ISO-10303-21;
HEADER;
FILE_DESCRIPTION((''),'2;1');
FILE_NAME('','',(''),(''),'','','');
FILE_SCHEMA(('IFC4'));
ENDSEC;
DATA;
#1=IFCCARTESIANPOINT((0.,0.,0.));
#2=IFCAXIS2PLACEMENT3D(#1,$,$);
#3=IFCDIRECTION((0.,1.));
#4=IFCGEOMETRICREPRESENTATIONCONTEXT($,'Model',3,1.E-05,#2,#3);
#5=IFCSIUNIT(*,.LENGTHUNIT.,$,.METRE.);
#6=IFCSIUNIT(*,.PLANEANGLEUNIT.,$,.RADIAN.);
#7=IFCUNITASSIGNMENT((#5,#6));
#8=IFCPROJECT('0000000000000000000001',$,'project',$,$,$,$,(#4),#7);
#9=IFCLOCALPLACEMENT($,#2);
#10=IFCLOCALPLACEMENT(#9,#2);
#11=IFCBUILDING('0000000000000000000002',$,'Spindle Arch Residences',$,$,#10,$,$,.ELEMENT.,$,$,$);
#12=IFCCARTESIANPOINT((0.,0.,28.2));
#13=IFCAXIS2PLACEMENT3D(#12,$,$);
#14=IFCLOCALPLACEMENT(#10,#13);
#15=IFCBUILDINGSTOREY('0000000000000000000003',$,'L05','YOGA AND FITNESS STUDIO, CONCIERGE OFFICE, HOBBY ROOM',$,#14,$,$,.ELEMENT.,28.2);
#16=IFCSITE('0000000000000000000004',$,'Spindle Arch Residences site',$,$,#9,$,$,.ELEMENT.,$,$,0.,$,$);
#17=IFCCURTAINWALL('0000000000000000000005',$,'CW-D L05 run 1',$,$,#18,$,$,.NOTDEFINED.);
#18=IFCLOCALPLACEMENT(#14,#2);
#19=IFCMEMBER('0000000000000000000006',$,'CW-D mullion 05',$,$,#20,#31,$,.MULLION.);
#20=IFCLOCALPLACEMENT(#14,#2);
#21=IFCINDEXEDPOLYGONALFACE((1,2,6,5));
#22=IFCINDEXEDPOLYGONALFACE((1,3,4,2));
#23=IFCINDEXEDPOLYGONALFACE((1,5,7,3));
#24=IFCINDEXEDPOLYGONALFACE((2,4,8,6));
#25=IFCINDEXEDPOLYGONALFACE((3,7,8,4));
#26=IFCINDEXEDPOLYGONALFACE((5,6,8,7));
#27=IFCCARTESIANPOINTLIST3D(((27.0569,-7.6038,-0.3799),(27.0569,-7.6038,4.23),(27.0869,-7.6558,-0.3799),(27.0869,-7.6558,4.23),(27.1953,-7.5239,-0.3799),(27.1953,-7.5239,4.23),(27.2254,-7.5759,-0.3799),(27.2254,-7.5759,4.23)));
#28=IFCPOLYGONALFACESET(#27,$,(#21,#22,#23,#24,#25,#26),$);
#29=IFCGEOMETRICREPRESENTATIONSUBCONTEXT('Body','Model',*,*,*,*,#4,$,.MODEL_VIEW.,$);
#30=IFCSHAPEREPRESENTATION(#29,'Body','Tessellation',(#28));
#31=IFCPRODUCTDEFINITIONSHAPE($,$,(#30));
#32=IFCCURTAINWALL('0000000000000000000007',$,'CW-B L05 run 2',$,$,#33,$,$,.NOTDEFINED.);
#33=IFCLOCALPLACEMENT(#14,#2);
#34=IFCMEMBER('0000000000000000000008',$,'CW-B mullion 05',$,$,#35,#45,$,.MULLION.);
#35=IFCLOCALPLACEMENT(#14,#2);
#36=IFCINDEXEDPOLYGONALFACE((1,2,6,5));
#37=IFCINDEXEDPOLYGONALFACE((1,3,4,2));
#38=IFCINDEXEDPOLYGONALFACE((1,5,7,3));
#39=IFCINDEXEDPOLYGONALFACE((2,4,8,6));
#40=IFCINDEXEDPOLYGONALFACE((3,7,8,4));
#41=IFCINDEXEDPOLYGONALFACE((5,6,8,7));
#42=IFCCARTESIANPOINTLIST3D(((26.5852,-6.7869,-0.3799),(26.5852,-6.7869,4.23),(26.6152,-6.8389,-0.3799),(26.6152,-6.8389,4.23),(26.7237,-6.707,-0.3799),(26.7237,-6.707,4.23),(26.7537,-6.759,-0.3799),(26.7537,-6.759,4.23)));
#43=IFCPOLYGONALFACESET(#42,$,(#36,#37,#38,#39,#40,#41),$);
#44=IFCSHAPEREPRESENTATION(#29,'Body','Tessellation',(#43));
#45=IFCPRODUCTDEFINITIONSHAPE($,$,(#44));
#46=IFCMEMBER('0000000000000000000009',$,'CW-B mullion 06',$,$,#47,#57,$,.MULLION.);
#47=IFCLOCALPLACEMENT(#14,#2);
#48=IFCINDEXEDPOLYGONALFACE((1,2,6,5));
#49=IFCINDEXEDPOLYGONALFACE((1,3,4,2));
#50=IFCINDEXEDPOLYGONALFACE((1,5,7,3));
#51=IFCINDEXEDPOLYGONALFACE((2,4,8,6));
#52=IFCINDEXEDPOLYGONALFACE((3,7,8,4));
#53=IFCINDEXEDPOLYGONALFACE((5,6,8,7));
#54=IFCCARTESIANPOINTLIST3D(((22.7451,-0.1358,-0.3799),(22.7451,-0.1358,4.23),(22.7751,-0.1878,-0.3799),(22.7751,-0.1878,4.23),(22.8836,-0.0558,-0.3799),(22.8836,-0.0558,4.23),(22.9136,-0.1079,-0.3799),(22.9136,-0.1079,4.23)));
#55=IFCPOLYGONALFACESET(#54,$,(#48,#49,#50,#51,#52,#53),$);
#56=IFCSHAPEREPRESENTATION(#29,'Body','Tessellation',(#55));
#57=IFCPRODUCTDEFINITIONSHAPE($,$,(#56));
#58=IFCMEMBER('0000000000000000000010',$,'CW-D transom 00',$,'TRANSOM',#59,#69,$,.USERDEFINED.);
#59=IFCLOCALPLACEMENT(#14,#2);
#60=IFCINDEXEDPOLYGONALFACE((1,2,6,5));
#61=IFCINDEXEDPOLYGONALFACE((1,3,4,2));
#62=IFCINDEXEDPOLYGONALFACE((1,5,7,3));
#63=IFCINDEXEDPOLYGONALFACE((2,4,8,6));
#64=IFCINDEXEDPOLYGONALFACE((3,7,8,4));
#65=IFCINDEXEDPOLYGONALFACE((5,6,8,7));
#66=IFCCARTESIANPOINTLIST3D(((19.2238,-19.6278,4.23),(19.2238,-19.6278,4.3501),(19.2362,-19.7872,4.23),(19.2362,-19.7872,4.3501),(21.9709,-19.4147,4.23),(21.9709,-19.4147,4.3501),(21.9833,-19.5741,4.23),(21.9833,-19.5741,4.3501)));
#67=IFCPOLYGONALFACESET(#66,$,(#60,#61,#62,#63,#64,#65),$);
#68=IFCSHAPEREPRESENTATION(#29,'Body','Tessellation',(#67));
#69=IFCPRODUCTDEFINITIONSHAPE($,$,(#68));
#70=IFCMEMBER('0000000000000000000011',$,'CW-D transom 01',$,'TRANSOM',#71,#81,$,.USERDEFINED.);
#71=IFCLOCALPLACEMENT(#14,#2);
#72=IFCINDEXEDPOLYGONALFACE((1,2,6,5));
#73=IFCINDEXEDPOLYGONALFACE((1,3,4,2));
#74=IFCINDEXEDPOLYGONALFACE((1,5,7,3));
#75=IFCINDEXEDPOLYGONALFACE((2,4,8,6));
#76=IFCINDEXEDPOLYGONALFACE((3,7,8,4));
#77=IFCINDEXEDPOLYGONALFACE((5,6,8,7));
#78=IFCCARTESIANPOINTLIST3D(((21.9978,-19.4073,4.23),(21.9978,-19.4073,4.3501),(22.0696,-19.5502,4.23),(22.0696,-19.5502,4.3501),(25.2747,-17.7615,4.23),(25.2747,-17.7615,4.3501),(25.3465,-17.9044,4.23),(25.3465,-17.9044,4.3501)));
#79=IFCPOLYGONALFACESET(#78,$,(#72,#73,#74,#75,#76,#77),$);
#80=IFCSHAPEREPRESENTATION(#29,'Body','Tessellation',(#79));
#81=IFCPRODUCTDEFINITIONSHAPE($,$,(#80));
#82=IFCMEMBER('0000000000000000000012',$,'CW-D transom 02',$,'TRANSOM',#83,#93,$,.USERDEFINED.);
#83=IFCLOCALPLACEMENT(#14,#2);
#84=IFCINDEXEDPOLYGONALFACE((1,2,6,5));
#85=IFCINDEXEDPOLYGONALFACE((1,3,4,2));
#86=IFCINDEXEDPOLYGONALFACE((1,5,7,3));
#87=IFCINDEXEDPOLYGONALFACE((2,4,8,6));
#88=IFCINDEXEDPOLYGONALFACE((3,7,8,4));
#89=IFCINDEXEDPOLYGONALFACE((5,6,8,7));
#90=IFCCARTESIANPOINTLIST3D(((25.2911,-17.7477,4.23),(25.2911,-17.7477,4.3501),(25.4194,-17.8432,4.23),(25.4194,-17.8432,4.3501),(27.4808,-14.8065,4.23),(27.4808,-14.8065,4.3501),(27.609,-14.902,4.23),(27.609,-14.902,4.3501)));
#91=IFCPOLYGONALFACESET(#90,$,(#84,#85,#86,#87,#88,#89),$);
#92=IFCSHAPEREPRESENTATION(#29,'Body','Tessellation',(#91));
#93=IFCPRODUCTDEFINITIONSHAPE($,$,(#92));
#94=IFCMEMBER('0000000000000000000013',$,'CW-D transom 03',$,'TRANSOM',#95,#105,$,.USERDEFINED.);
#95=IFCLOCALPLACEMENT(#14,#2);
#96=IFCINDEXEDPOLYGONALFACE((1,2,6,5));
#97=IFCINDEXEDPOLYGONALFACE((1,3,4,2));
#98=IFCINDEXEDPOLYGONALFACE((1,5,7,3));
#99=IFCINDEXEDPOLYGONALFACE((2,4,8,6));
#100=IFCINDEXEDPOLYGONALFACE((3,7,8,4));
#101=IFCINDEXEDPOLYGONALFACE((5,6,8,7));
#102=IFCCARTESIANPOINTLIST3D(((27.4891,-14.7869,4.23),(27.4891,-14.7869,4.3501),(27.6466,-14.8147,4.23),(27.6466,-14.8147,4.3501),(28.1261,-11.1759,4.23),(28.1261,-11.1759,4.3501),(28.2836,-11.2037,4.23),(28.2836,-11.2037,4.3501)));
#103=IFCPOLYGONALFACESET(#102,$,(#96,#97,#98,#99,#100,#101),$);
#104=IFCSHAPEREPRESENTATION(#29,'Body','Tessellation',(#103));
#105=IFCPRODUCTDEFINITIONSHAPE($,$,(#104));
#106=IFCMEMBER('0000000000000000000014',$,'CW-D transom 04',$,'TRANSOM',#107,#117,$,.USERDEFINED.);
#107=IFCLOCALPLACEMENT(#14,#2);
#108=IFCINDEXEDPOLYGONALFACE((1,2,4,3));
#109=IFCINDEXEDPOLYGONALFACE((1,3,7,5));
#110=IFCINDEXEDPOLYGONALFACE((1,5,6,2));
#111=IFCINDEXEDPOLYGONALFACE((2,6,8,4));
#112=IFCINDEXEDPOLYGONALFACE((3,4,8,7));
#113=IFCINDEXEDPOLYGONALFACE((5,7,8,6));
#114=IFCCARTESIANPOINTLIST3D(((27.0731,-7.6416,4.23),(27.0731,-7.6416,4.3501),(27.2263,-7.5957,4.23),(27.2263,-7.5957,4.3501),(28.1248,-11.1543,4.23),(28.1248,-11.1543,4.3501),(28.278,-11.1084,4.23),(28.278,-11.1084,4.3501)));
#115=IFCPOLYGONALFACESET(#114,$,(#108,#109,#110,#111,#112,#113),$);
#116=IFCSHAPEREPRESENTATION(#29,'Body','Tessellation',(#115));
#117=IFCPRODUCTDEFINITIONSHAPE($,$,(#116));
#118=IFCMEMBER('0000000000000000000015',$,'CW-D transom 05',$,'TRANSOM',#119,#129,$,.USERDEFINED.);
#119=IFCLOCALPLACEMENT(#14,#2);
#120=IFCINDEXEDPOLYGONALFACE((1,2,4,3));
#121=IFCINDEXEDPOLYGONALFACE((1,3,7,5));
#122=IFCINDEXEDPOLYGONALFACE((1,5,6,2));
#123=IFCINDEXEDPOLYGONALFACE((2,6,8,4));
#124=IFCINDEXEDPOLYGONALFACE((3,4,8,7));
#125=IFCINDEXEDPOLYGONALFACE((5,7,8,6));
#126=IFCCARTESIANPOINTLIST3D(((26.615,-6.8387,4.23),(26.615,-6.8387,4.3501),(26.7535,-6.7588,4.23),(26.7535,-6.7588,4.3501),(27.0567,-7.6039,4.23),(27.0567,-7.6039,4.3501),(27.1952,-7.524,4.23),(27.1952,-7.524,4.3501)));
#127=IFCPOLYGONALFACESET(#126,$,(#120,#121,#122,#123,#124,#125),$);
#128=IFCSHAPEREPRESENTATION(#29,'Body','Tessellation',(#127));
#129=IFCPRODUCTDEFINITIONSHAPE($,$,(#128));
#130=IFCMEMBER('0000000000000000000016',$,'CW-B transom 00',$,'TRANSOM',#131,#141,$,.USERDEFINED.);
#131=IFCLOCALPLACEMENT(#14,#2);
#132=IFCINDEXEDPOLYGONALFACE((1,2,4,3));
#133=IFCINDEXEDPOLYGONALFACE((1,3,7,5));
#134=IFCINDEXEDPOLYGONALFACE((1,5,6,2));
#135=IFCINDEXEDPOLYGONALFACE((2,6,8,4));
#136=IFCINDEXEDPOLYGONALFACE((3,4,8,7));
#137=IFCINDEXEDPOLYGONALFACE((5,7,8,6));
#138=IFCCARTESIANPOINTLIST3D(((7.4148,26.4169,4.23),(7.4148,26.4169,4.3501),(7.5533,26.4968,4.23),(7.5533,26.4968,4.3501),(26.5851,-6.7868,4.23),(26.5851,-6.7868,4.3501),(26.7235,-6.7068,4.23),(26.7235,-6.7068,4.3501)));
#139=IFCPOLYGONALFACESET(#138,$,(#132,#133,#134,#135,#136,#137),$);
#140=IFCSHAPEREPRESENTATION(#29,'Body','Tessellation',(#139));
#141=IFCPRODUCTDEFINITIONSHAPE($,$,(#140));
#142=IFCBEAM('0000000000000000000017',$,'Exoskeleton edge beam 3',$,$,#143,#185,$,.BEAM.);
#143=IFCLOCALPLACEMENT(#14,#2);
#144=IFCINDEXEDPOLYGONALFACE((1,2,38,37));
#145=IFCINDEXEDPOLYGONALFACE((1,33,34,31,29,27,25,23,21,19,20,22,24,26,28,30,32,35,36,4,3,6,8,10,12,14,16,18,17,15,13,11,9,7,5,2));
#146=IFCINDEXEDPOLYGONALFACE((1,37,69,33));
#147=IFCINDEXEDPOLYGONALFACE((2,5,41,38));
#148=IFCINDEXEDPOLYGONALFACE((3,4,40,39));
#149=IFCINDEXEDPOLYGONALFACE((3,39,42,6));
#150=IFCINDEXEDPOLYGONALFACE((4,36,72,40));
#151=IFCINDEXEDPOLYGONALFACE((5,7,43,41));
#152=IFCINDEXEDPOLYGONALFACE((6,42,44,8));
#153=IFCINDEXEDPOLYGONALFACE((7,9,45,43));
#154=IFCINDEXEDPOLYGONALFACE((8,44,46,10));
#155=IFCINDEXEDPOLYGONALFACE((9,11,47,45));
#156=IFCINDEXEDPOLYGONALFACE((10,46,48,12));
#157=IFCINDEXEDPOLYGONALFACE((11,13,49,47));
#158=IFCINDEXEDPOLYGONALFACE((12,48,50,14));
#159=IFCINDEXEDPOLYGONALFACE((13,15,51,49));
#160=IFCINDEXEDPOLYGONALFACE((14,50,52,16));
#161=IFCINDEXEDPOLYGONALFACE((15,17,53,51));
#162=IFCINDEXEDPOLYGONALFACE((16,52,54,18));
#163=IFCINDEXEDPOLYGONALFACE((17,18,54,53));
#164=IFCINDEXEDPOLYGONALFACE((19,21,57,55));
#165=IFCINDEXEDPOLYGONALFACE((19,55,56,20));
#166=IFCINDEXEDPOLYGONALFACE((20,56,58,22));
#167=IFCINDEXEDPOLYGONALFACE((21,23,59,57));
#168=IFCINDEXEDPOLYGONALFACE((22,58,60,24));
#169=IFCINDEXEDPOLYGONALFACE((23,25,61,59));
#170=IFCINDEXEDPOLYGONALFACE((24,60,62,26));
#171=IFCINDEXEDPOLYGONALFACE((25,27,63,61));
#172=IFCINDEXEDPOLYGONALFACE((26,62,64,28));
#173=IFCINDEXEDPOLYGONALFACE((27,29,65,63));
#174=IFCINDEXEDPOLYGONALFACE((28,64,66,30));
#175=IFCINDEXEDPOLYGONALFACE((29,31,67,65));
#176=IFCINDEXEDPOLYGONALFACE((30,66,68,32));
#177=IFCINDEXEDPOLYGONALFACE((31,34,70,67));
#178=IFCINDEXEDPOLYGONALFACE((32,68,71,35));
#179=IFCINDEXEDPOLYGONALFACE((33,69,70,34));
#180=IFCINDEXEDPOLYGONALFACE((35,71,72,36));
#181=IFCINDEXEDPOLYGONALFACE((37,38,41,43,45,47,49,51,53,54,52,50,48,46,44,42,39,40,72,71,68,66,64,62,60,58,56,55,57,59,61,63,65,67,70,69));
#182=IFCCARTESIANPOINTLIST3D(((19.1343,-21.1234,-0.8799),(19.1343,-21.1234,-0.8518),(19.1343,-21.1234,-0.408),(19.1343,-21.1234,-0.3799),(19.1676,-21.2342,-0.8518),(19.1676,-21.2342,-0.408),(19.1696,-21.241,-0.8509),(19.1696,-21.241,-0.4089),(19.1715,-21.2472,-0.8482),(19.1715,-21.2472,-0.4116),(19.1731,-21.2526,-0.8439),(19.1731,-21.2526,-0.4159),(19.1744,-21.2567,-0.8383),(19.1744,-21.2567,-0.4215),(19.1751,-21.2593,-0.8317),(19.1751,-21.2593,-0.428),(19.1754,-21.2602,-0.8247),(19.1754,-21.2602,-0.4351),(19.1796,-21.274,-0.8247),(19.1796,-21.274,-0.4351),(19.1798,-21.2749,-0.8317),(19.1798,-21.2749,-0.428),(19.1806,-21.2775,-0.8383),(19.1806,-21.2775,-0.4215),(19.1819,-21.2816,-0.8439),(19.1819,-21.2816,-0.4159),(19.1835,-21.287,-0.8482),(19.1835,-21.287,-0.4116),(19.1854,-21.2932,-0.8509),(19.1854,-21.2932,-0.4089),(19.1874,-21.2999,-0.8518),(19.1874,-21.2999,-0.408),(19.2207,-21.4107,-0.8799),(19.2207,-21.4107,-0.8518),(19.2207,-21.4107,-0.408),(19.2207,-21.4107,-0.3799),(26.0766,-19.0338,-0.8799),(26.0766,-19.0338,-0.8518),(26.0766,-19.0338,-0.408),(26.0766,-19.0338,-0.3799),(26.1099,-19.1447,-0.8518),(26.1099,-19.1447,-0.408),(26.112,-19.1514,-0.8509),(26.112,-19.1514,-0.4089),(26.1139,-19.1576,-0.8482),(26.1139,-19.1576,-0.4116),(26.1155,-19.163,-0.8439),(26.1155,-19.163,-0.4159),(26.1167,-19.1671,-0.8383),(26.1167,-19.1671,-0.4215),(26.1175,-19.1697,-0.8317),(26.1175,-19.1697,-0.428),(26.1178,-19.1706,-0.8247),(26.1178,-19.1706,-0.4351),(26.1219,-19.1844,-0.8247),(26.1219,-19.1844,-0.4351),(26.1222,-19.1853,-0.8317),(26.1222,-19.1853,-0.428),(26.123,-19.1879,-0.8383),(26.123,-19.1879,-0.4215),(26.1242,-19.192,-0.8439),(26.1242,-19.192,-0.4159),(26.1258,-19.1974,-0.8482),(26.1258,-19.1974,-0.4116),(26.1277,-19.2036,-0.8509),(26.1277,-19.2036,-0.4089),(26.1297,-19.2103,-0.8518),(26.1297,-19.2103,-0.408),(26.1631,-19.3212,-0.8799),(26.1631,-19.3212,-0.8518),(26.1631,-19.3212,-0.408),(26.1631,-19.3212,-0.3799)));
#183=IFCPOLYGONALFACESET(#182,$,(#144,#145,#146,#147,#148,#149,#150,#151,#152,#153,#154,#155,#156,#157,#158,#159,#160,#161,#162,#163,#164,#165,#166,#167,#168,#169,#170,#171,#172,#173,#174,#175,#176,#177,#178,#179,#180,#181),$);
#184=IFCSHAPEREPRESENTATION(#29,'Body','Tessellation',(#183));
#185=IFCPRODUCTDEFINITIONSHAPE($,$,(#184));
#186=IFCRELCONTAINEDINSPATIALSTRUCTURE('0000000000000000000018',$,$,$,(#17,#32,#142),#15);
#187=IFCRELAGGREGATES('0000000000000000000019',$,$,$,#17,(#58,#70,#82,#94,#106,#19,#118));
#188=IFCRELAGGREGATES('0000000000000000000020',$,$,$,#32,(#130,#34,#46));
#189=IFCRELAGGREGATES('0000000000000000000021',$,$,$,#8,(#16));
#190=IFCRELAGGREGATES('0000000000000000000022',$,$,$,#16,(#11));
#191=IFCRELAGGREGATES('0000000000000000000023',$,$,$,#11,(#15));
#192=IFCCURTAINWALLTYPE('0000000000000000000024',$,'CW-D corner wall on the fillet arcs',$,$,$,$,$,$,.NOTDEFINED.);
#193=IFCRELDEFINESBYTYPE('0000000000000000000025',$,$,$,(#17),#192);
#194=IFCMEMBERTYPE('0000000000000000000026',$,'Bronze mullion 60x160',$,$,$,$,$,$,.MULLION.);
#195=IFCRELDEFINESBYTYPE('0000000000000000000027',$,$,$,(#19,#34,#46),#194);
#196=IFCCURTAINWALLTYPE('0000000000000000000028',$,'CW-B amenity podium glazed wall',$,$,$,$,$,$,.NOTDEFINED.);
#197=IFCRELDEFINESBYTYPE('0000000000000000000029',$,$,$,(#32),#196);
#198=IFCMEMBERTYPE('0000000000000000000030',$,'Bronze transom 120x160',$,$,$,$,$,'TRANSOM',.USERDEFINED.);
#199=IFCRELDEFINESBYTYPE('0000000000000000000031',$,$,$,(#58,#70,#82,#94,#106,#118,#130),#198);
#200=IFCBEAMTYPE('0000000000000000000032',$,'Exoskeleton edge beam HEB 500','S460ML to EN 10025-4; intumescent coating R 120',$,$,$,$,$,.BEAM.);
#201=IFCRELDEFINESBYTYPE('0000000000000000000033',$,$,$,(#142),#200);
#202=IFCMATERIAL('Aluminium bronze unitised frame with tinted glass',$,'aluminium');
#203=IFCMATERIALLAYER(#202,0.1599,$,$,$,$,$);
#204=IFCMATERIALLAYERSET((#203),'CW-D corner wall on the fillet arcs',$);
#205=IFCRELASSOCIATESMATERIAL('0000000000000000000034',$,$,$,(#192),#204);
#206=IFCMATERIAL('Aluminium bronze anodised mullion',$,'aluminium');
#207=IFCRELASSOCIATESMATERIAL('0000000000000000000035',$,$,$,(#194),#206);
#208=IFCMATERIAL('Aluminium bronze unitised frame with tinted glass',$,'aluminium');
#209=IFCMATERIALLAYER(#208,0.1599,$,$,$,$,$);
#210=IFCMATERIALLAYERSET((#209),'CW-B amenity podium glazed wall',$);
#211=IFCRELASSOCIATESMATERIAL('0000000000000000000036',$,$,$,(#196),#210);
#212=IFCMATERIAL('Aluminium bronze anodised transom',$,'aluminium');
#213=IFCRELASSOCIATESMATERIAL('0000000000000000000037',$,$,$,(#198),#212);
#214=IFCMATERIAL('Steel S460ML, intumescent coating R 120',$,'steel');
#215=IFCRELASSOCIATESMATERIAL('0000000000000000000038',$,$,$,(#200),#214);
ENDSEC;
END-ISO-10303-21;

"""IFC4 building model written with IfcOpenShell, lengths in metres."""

from ifc_helpers import new_model, si_unit, direction, frame, origin, origin_2d, place, context, subcontext, project, spatial, rectangle, i_section, extrude, material, layer, layer_set, material_profile, profile_set, type_object, element, aggregate, save


model = new_model("IFC4")

# Units and contexts
model_context = context("Model", 3, precision=1e-05, world=origin(), true_north=direction((0.0, 1.0)))
body_context = subcontext(model_context, "Body", "Model", "MODEL_VIEW")
ifc_project = project(units=[si_unit("LENGTHUNIT", "METRE"), si_unit("PLANEANGLEUNIT", "RADIAN")], contexts=[model_context])

# Site, building, storey
site_placement = place(None, origin())
site = spatial("IfcSite", under=ifc_project, at=site_placement, Name="Spindle Arch Residences site", CompositionType="ELEMENT", RefElevation=0.0)
building_placement = place(site_placement, origin())
building = spatial("IfcBuilding", under=site, at=building_placement, Name="Spindle Arch Residences", CompositionType="ELEMENT")
storey_placement = place(building_placement, frame((0.0, 0.0, 28.2)))
storey = spatial("IfcBuildingStorey", under=building, at=storey_placement, Name="L05", Description="YOGA AND FITNESS STUDIO, CONCIERGE OFFICE, HOBBY ROOM", CompositionType="ELEMENT", Elevation=28.2)

# Curtain walls, members
ifc_material_1 = material(Name="Aluminium bronze unitised frame with tinted glass", Category="aluminium")
ifc_layer_1 = layer(ifc_material_1, 0.1599)
ifc_layer_set_1 = layer_set([ifc_layer_1], Name="CW-D corner wall on the fillet arcs")
curtain_wall_type_1 = type_object("IfcCurtainWallType", Name="CW-D corner wall on the fillet arcs", PredefinedType="NOTDEFINED", material=ifc_layer_set_1)
curtain_wall_1_placement = place(storey_placement, origin())
curtain_wall_1 = element("IfcCurtainWall", 1, at=curtain_wall_1_placement, inside=storey, type_object=curtain_wall_type_1, Name="CW-D L05 run 1", PredefinedType="NOTDEFINED")
ifc_material_2 = material(Name="Aluminium bronze anodised mullion", Category="aluminium")
ifc_material_profile_1 = material_profile(ifc_material_2, rectangle(XDim=0.1599, YDim=0.0601, at=origin_2d()), Name="MU 60x160")
ifc_profile_set_1 = profile_set([ifc_material_profile_1], Name="Aluminium bronze anodised mullion")
member_type_1 = type_object("IfcMemberType", Name="Bronze mullion 60x160", PredefinedType="MULLION", material=ifc_profile_set_1)
member_1_placement = place(storey_placement, frame((27.1411, -7.5898, -0.3799), z_axis=(0.0, 0.0, 1.0), x_axis=(-0.866025, -0.5, 0.0)))
member_1 = element("IfcMember", 2, at=member_1_placement, type_object=member_type_1, Name="CW-D mullion 05", PredefinedType="MULLION", context=body_context, shape_type="SweptSolid", body=[
    extrude(rectangle(XDim=0.1599, YDim=0.0601, at=origin_2d()), origin(), (0.0, 0.0, 1.0), 4.6099),
])
ifc_material_3 = material(Name="Aluminium bronze unitised frame with tinted glass", Category="aluminium")
ifc_layer_2 = layer(ifc_material_3, 0.1599)
ifc_layer_set_2 = layer_set([ifc_layer_2], Name="CW-B amenity podium glazed wall")
curtain_wall_type_2 = type_object("IfcCurtainWallType", Name="CW-B amenity podium glazed wall", PredefinedType="NOTDEFINED", material=ifc_layer_set_2)
curtain_wall_2_placement = place(storey_placement, origin())
curtain_wall_2 = element("IfcCurtainWall", 3, at=curtain_wall_2_placement, inside=storey, type_object=curtain_wall_type_2, Name="CW-B L05 run 2", PredefinedType="NOTDEFINED")
member_2_placement = place(storey_placement, frame((26.6694, -6.7729, -0.3799), z_axis=(0.0, 0.0, 1.0), x_axis=(-0.866025, -0.5, 0.0)))
member_2 = element("IfcMember", 4, at=member_2_placement, type_object=member_type_1, Name="CW-B mullion 05", PredefinedType="MULLION", context=body_context, shape_type="SweptSolid", body=[
    extrude(rectangle(XDim=0.1599, YDim=0.0601, at=origin_2d()), origin(), (0.0, 0.0, 1.0), 4.6099),
])
member_3_placement = place(storey_placement, frame((22.8293, -0.1218, -0.3799), z_axis=(0.0, 0.0, 1.0), x_axis=(-0.866025, -0.5, 0.0)))
member_3 = element("IfcMember", 5, at=member_3_placement, type_object=member_type_1, Name="CW-B mullion 06", PredefinedType="MULLION", context=body_context, shape_type="SweptSolid", body=[
    extrude(rectangle(XDim=0.1599, YDim=0.0601, at=origin_2d()), origin(), (0.0, 0.0, 1.0), 4.6099),
])

# Members
ifc_material_4 = material(Name="Aluminium bronze anodised transom", Category="aluminium")
ifc_material_profile_2 = material_profile(ifc_material_4, rectangle(XDim=0.1599, YDim=0.1201, at=origin_2d()), Name="TR 120x160")
ifc_profile_set_2 = profile_set([ifc_material_profile_2], Name="Aluminium bronze anodised transom")
member_type_2 = type_object("IfcMemberType", Name="Bronze transom 120x160", ElementType="TRANSOM", PredefinedType="USERDEFINED", material=ifc_profile_set_2)
member_4_placement = place(storey_placement, frame((19.23, -19.7075, 4.29), z_axis=(0.997004, 0.077354, 0.0), x_axis=(-0.077354, 0.997004, 0.0)))
member_4 = element("IfcMember", 6, at=member_4_placement, type_object=member_type_2, Name="CW-D transom 00", ObjectType="TRANSOM", PredefinedType="USERDEFINED", context=body_context, shape_type="SweptSolid", body=[
    extrude(rectangle(XDim=0.1599, YDim=0.1201, at=origin_2d()), origin(), (0.0, 0.0, 1.0), 2.7554),
])
member_5_placement = place(storey_placement, frame((22.0337, -19.4788, 4.29), z_axis=(0.893627, 0.448811, 0.0), x_axis=(-0.448811, 0.893627, 0.0)))
member_5 = element("IfcMember", 7, at=member_5_placement, type_object=member_type_2, Name="CW-D transom 01", ObjectType="TRANSOM", PredefinedType="USERDEFINED", context=body_context, shape_type="SweptSolid", body=[
    extrude(rectangle(XDim=0.1599, YDim=0.1201, at=origin_2d()), origin(), (0.0, 0.0, 1.0), 3.667),
])
member_6_placement = place(storey_placement, frame((25.3552, -17.7954, 4.29), z_axis=(0.597173, 0.802112, 0.0), x_axis=(-0.802112, 0.597173, 0.0)))
member_6 = element("IfcMember", 8, at=member_6_placement, type_object=member_type_2, Name="CW-D transom 02", ObjectType="TRANSOM", PredefinedType="USERDEFINED", context=body_context, shape_type="SweptSolid", body=[
    extrude(rectangle(XDim=0.1599, YDim=0.1201, at=origin_2d()), origin(), (0.0, 0.0, 1.0), 3.6667),
])
member_7_placement = place(storey_placement, frame((27.5679, -14.8008, 4.29), z_axis=(0.173709, 0.984797, 0.0), x_axis=(-0.984797, 0.173709, 0.0)))
member_7 = element("IfcMember", 9, at=member_7_placement, type_object=member_type_2, Name="CW-D transom 03", ObjectType="TRANSOM", PredefinedType="USERDEFINED", context=body_context, shape_type="SweptSolid", body=[
    extrude(rectangle(XDim=0.1599, YDim=0.1201, at=origin_2d()), origin(), (0.0, 0.0, 1.0), 3.6667),
])
member_8_placement = place(storey_placement, frame((28.2014, -11.1313, 4.29), z_axis=(-0.286835, 0.95798, 0.0), x_axis=(-0.95798, -0.286835, 0.0)))
member_8 = element("IfcMember", 10, at=member_8_placement, type_object=member_type_2, Name="CW-D transom 04", ObjectType="TRANSOM", PredefinedType="USERDEFINED", context=body_context, shape_type="SweptSolid", body=[
    extrude(rectangle(XDim=0.1599, YDim=0.1201, at=origin_2d()), origin(), (0.0, 0.0, 1.0), 3.6667),
])
member_9_placement = place(storey_placement, frame((27.126, -7.564, 4.29), z_axis=(-0.499914, 0.866075, 0.0), x_axis=(-0.866075, -0.499914, 0.0)))
member_9 = element("IfcMember", 11, at=member_9_placement, type_object=member_type_2, Name="CW-D transom 05", ObjectType="TRANSOM", PredefinedType="USERDEFINED", context=body_context, shape_type="SweptSolid", body=[
    extrude(rectangle(XDim=0.1599, YDim=0.1201, at=origin_2d()), origin(), (0.0, 0.0, 1.0), 0.8835),
])
member_10_placement = place(storey_placement, frame((26.6543, -6.7468, 4.29), z_axis=(-0.500001, 0.866025, 0.0), x_axis=(-0.866025, -0.500001, 0.0)))
member_10 = element("IfcMember", 12, at=member_10_placement, type_object=member_type_2, Name="CW-B transom 00", ObjectType="TRANSOM", PredefinedType="USERDEFINED", context=body_context, shape_type="SweptSolid", body=[
    extrude(rectangle(XDim=0.1599, YDim=0.1201, at=origin_2d()), origin(), (0.0, 0.0, 1.0), 38.3403),
])

# Beam
ifc_material_5 = material(Name="Steel S460ML, intumescent coating R 120", Category="steel")
ifc_material_profile_3 = material_profile(ifc_material_5, i_section(OverallWidth=0.3, OverallDepth=0.5, WebThickness=0.0144, FlangeThickness=0.0281, FilletRadius=0.0271, at=origin_2d()), Name="HEB 500")
ifc_profile_set_3 = profile_set([ifc_material_profile_3], Name="Steel S460ML, intumescent coating R 120")
beam_type_1 = type_object("IfcBeamType", Name="Exoskeleton edge beam HEB 500", Description="S460ML to EN 10025-4; intumescent coating R 120", PredefinedType="BEAM", material=ifc_profile_set_3)
beam_1_placement = place(storey_placement, frame((19.1775, -21.2671, -0.6299), z_axis=(0.957565, 0.288219, 0.0), x_axis=(-0.288219, 0.957565, 0.0)))
element("IfcBeam", 13, at=beam_1_placement, inside=storey, type_object=beam_type_1, Name="Exoskeleton edge beam 3", PredefinedType="BEAM", context=body_context, shape_type="SweptSolid", body=[
    extrude(i_section(OverallWidth=0.3, OverallDepth=0.5, WebThickness=0.0144, FlangeThickness=0.0281, FilletRadius=0.0271, at=origin_2d()), origin(), (0.0, 0.0, 1.0), 7.25),
])

aggregate(curtain_wall_1, [member_4, member_5, member_6, member_7, member_8, member_1, member_9])
aggregate(curtain_wall_2, [member_10, member_2, member_3])

save(model, "model.ifc")
